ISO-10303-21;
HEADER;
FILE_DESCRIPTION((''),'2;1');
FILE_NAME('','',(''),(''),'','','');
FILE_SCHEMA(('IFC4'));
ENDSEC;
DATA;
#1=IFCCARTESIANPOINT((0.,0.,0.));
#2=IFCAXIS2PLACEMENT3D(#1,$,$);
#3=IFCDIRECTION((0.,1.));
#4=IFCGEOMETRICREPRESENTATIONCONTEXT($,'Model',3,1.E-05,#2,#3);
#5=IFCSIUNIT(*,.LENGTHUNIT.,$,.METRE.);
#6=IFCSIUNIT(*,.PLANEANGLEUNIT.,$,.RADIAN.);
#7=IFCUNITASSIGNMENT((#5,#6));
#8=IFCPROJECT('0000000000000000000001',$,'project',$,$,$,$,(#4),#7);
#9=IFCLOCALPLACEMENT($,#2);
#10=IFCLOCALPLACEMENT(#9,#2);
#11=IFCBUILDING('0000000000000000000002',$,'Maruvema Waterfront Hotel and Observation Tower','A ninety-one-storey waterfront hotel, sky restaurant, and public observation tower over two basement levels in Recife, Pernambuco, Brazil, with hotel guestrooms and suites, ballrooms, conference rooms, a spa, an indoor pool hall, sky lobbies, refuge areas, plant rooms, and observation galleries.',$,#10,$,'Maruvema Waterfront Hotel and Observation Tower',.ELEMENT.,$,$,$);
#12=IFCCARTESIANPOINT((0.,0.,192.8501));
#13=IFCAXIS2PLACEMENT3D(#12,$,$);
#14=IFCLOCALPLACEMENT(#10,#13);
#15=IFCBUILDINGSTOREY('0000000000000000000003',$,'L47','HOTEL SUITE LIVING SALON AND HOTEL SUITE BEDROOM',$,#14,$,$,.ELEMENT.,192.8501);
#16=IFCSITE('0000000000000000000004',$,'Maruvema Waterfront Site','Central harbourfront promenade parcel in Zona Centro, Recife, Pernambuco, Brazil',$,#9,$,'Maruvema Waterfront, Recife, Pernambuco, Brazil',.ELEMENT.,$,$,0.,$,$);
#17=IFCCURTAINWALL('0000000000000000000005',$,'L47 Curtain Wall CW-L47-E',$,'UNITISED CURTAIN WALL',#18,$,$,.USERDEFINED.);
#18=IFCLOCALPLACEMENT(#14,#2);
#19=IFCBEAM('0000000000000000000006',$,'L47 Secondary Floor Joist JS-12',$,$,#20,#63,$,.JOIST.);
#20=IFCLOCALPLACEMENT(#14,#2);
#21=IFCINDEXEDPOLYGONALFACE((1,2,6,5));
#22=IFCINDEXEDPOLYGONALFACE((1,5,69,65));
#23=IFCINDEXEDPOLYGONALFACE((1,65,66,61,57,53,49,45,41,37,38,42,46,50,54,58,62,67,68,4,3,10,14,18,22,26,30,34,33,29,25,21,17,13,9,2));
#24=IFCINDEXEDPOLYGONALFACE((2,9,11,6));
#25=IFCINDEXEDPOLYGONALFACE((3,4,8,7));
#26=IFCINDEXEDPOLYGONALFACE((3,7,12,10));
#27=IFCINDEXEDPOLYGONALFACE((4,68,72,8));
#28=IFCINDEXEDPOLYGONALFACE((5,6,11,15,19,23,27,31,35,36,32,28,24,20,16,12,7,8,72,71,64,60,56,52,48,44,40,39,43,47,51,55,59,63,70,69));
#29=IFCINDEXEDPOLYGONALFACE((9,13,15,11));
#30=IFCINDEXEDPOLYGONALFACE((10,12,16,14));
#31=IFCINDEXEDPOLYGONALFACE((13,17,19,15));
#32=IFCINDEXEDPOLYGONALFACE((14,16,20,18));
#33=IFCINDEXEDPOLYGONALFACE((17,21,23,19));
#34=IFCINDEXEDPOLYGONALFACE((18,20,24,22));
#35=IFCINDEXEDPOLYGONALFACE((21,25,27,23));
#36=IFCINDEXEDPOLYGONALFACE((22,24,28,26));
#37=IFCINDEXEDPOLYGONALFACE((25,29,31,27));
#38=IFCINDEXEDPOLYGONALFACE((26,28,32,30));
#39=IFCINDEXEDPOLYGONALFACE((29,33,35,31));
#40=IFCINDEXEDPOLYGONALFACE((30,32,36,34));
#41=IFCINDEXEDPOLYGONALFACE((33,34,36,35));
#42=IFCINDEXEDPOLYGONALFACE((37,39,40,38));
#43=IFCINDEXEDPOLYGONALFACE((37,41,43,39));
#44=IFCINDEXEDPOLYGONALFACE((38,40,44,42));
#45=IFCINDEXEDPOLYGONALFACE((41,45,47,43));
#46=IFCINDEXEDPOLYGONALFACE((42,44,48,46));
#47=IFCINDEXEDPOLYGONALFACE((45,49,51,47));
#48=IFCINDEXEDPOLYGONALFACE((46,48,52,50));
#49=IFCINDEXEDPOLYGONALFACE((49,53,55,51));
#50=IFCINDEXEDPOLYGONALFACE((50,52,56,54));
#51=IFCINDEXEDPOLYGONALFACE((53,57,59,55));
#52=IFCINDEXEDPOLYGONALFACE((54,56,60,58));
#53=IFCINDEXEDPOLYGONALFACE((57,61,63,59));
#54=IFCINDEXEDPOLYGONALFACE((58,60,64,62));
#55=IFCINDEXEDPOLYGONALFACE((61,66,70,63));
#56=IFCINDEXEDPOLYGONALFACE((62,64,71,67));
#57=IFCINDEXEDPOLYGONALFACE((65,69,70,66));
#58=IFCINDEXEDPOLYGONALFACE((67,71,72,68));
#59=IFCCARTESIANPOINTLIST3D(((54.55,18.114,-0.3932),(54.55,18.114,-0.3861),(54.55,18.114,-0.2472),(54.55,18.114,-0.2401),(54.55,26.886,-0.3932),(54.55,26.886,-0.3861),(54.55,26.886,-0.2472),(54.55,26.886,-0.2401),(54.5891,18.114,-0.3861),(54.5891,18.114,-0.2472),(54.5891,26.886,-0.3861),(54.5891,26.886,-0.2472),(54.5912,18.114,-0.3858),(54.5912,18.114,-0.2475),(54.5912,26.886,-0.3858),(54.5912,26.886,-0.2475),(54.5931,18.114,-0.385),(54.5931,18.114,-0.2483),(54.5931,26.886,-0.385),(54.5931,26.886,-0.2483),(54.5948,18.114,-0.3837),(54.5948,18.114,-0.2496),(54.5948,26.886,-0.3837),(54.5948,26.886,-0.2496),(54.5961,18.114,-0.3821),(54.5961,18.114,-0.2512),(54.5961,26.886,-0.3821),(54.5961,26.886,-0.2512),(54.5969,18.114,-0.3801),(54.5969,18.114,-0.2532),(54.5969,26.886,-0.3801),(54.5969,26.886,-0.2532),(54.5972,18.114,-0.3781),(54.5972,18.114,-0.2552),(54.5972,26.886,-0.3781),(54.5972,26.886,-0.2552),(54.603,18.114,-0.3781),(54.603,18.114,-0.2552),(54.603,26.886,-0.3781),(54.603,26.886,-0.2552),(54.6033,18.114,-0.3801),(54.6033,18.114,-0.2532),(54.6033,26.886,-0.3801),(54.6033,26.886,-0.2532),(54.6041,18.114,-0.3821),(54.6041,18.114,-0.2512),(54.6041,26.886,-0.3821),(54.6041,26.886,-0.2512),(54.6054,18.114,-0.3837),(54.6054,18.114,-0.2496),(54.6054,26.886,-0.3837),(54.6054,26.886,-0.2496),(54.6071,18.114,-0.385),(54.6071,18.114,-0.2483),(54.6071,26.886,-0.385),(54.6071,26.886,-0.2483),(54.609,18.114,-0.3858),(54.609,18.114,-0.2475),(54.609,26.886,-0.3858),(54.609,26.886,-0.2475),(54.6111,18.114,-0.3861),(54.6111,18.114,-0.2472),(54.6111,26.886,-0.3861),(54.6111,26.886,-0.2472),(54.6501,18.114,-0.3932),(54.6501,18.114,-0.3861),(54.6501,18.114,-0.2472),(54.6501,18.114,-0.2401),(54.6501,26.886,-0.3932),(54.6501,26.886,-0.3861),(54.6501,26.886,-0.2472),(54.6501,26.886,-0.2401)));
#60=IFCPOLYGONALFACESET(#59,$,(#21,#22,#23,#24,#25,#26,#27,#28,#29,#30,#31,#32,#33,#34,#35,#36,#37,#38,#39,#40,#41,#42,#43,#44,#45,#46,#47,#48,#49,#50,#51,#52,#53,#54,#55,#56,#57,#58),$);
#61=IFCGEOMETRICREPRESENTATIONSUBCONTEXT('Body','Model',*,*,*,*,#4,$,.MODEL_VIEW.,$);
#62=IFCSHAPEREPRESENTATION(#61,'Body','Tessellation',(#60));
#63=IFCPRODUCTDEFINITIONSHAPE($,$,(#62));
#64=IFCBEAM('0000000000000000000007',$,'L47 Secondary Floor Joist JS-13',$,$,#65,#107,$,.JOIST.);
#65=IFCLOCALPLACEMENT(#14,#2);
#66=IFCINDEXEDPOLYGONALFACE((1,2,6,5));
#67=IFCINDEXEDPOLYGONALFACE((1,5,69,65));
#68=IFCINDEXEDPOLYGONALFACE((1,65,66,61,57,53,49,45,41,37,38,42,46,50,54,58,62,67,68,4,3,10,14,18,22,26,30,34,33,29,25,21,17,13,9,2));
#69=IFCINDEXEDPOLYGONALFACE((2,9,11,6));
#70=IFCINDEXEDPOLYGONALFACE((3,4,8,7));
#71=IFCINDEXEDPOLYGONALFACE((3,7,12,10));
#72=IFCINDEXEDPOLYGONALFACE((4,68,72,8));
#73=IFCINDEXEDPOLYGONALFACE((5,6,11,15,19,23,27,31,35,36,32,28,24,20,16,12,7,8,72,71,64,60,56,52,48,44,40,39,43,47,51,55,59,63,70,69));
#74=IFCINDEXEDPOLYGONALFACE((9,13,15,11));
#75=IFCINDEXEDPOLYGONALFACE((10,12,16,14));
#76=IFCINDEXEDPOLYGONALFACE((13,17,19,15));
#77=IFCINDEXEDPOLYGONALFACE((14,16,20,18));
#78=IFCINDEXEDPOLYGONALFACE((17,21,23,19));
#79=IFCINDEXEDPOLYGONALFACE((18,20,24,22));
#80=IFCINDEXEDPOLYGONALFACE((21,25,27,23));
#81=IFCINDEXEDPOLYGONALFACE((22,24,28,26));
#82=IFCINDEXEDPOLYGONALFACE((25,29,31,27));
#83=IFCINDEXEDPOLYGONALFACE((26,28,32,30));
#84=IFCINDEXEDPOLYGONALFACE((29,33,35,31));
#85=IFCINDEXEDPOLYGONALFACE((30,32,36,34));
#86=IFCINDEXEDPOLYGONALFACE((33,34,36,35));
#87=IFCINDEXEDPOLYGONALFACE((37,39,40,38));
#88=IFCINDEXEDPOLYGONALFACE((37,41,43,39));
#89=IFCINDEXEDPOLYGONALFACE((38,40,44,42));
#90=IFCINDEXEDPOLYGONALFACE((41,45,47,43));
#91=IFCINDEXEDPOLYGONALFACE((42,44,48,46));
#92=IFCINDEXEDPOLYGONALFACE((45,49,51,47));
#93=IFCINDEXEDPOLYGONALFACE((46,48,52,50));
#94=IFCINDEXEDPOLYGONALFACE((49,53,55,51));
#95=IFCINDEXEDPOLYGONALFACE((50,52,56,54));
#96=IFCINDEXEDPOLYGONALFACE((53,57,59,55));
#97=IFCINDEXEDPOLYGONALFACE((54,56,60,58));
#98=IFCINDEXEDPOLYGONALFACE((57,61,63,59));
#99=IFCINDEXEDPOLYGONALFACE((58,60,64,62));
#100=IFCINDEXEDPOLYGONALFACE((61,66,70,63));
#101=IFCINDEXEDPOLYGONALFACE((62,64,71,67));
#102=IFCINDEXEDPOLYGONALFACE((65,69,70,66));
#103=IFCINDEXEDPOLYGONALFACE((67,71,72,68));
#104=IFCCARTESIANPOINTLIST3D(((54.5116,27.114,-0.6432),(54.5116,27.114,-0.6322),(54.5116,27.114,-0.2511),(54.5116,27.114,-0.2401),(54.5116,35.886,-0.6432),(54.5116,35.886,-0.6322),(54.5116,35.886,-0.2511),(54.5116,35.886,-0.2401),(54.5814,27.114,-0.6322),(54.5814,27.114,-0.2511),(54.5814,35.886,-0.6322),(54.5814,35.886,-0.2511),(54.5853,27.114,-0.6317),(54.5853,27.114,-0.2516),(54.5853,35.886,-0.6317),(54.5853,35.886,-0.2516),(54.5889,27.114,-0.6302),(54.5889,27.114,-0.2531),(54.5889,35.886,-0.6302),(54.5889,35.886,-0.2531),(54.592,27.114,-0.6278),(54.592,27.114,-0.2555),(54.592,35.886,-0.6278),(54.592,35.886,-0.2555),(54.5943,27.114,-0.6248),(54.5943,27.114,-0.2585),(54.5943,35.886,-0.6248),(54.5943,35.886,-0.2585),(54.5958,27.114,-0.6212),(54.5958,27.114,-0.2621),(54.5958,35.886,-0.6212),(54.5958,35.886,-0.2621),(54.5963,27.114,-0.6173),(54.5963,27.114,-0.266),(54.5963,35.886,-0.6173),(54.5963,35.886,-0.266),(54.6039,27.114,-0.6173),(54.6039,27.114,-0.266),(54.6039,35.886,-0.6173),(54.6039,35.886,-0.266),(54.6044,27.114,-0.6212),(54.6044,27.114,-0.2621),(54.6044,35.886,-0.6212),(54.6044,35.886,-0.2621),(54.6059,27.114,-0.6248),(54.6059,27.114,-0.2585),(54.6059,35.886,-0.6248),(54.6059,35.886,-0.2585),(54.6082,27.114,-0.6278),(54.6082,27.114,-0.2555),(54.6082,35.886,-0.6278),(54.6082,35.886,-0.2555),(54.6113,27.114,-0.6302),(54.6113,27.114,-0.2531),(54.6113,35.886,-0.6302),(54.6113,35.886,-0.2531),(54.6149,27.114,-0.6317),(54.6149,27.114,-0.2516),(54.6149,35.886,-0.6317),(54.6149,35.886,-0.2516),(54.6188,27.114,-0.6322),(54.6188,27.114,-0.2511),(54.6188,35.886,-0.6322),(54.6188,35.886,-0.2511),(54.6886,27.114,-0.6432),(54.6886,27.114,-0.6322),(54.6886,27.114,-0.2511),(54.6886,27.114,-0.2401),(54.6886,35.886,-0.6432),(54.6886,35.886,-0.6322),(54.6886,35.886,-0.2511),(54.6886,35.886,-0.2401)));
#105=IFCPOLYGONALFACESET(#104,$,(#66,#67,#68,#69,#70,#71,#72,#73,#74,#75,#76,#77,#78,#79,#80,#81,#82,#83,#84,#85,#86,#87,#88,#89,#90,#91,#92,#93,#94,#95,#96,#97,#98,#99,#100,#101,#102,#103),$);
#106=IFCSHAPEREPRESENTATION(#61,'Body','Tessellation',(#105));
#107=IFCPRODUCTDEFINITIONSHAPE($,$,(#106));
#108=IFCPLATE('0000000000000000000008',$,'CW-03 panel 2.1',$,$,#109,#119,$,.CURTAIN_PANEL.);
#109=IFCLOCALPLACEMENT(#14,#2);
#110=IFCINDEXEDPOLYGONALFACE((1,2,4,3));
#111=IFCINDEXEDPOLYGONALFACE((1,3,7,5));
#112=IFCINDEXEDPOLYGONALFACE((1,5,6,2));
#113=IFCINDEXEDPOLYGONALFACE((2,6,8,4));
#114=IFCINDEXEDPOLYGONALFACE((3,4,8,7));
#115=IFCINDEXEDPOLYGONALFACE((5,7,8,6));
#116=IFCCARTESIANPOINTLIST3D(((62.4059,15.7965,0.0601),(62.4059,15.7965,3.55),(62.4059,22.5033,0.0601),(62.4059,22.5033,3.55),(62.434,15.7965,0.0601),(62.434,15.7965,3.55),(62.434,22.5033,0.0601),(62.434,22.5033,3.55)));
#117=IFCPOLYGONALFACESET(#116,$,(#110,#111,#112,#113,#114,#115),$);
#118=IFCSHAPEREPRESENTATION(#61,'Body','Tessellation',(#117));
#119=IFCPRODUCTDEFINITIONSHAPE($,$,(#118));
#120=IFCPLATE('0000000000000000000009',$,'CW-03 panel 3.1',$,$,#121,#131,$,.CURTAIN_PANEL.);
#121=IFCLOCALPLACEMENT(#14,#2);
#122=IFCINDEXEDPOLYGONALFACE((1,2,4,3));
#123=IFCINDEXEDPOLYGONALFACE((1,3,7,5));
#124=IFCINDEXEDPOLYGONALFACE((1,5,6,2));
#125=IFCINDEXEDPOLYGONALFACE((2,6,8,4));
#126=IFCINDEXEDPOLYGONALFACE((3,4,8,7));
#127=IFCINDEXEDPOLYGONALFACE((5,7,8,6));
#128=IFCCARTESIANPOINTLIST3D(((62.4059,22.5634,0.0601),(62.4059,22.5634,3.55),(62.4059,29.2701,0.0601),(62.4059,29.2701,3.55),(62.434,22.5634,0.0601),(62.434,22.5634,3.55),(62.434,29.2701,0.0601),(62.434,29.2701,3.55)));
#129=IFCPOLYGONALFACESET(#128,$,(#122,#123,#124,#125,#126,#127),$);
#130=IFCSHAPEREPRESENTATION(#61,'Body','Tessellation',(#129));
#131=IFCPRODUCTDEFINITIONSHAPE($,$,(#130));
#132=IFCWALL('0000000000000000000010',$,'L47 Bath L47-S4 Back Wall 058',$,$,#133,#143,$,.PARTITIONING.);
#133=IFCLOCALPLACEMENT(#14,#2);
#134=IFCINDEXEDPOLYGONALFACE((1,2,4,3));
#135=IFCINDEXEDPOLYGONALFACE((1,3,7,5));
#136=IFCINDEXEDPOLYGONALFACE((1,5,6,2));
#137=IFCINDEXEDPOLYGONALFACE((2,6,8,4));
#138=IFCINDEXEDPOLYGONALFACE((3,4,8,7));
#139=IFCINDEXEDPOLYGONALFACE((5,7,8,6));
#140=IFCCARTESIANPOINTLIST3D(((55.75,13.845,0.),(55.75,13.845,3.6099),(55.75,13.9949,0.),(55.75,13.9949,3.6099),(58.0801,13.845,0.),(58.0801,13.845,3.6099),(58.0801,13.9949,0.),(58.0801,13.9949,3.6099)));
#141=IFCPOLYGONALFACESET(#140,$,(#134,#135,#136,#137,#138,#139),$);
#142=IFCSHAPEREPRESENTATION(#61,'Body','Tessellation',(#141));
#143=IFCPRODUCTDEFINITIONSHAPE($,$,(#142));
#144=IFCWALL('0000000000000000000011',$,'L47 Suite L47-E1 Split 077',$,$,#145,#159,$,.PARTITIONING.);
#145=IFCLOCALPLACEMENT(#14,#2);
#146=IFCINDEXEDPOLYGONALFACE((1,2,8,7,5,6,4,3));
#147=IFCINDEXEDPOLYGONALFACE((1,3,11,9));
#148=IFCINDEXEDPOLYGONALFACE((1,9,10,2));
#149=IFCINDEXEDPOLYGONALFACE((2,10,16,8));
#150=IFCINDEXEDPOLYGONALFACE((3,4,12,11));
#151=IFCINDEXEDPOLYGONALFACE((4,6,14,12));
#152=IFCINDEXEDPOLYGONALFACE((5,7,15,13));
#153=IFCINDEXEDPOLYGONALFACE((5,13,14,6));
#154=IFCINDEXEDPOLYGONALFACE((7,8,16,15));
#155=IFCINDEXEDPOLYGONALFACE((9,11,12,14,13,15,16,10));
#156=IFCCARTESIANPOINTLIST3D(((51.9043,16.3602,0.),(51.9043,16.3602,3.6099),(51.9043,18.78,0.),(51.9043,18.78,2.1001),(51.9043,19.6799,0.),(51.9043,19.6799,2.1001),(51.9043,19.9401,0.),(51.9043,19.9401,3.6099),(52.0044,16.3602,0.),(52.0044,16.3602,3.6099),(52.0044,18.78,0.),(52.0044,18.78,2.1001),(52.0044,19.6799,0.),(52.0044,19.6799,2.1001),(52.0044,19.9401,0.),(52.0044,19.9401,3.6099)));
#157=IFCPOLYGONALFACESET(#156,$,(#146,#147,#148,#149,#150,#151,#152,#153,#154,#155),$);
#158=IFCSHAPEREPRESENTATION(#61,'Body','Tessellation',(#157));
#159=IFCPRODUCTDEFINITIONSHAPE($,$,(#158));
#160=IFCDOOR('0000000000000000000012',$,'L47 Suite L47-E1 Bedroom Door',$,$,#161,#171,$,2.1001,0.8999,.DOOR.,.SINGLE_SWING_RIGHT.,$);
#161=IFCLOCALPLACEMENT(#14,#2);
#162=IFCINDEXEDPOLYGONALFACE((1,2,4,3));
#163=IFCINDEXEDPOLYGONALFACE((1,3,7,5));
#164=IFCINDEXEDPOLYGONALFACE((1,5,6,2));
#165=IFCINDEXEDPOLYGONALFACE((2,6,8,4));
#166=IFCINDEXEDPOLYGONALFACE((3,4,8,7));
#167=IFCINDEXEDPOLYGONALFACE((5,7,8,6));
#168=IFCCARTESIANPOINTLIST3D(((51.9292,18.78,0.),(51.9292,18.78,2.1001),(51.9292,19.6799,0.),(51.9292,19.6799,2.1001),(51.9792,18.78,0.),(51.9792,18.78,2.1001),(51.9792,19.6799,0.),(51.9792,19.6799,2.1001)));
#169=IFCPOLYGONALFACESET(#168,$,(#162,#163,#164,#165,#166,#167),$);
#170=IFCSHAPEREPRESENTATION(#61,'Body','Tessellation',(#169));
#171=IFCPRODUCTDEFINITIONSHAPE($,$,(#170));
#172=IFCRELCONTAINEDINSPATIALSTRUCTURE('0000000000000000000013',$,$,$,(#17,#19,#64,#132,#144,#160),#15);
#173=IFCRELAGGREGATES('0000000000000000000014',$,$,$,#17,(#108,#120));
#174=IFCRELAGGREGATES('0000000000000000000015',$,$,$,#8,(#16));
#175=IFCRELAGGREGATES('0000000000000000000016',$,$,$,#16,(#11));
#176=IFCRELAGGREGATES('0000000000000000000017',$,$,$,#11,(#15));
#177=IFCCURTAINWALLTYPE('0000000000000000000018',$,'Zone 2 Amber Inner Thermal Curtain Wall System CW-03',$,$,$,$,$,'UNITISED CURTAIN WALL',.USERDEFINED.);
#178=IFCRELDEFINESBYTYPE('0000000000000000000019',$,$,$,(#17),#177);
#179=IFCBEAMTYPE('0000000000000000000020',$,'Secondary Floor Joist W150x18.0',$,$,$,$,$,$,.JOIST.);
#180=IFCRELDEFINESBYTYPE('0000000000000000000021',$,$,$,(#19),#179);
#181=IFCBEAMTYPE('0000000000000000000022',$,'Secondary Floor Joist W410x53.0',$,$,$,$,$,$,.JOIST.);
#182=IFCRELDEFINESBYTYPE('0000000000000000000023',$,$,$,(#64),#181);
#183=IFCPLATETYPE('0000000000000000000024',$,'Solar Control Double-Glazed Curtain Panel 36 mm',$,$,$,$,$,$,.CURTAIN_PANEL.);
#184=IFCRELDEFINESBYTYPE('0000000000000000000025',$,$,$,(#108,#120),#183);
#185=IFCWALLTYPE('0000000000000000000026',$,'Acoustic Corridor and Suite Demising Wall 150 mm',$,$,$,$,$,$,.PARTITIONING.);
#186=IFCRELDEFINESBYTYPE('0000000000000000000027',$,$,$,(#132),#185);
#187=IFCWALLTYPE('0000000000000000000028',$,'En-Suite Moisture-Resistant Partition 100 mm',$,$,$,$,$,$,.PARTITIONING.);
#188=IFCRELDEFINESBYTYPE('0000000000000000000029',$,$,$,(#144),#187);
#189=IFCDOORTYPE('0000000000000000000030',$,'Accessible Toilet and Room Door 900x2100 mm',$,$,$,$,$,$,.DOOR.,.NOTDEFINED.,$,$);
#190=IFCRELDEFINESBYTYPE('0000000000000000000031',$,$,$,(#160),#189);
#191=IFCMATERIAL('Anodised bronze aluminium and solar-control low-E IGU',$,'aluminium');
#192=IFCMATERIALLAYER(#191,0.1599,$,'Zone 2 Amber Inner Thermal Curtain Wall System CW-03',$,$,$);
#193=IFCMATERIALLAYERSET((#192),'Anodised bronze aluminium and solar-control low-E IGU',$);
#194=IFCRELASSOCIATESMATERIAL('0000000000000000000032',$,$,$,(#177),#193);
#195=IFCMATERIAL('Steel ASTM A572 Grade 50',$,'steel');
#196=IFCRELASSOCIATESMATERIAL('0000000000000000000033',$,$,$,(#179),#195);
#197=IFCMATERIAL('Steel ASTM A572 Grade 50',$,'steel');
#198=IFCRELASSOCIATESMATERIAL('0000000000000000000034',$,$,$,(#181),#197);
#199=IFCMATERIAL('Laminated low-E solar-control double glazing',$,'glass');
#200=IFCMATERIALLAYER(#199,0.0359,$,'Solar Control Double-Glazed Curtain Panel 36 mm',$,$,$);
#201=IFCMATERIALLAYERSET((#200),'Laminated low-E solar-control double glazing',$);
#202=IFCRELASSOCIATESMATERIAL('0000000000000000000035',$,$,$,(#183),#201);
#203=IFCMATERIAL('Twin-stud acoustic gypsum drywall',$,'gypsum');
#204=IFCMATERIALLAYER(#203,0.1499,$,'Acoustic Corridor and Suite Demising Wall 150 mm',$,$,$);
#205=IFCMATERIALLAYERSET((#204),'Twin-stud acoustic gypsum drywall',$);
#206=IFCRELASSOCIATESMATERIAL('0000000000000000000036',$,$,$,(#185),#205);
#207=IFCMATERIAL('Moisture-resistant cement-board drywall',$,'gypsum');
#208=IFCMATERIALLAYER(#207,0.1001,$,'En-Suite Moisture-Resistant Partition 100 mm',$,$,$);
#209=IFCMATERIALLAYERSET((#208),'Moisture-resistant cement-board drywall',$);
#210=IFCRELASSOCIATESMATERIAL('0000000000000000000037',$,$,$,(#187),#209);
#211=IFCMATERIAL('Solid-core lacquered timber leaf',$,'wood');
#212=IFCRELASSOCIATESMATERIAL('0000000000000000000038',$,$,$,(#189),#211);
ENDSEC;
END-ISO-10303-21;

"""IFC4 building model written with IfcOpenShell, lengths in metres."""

from ifc_helpers import new_model, si_unit, direction, frame, frame_2d, origin, origin_2d, place, context, subcontext, project, spatial, rectangle, i_section, extrude, material, layer, layer_set, material_profile, profile_set, type_object, element, fill, aggregate, save


model = new_model("IFC4")

# Units and contexts
model_context = context("Model", 3, precision=1e-05, world=origin(), true_north=direction((0.0, 1.0)))
body_context = subcontext(model_context, "Body", "Model", "MODEL_VIEW")
ifc_project = project(units=[si_unit("LENGTHUNIT", "METRE"), si_unit("PLANEANGLEUNIT", "RADIAN")], contexts=[model_context])

# Site, building, storey
site_placement = place(None, origin())
site = spatial("IfcSite", under=ifc_project, at=site_placement, Name="Maruvema Waterfront Site", Description="Central harbourfront promenade parcel in Zona Centro, Recife, Pernambuco, Brazil", LongName="Maruvema Waterfront, Recife, Pernambuco, Brazil", CompositionType="ELEMENT", RefElevation=0.0)
building_placement = place(site_placement, origin())
building = spatial("IfcBuilding", under=site, at=building_placement, Name="Maruvema Waterfront Hotel and Observation Tower", Description="A ninety-one-storey waterfront hotel, sky restaurant, and public observation tower over two basement levels in Recife, Pernambuco, Brazil, with hotel guestrooms and suites, ballrooms, conference rooms, a spa, an indoor pool hall, sky lobbies, refuge areas, plant rooms, and observation galleries.", LongName="Maruvema Waterfront Hotel and Observation Tower", CompositionType="ELEMENT")
storey_placement = place(building_placement, frame((0.0, 0.0, 192.8501)))
storey = spatial("IfcBuildingStorey", under=building, at=storey_placement, Name="L47", Description="HOTEL SUITE LIVING SALON AND HOTEL SUITE BEDROOM", CompositionType="ELEMENT", Elevation=192.8501)

# Curtain wall
ifc_material_1 = material(Name="Anodised bronze aluminium and solar-control low-E IGU", Category="aluminium")
ifc_layer_1 = layer(ifc_material_1, 0.1599, Name="Zone 2 Amber Inner Thermal Curtain Wall System CW-03")
ifc_layer_set_1 = layer_set([ifc_layer_1], Name="Anodised bronze aluminium and solar-control low-E IGU")
curtain_wall_type = type_object("IfcCurtainWallType", Name="Zone 2 Amber Inner Thermal Curtain Wall System CW-03", ElementType="UNITISED CURTAIN WALL", PredefinedType="USERDEFINED", material=ifc_layer_set_1)
curtain_wall_placement = place(storey_placement, origin())
curtain_wall = element("IfcCurtainWall", 1, at=curtain_wall_placement, inside=storey, type_object=curtain_wall_type, Name="L47 Curtain Wall CW-L47-E", ObjectType="UNITISED CURTAIN WALL", PredefinedType="USERDEFINED")

# Beams
ifc_material_2 = material(Name="Steel ASTM A572 Grade 50", Category="steel")
ifc_material_profile_1 = material_profile(ifc_material_2, i_section(OverallWidth=0.1001, OverallDepth=0.1531, WebThickness=0.0059, FlangeThickness=0.0071, FilletRadius=0.0081, at=origin_2d()), Name="W150x18.0")
ifc_profile_set_1 = profile_set([ifc_material_profile_1], Name="Steel ASTM A572 Grade 50")
beam_type_1 = type_object("IfcBeamType", Name="Secondary Floor Joist W150x18.0", PredefinedType="JOIST", material=ifc_profile_set_1)
beam_1_placement = place(storey_placement, frame((54.6001, 18.114, -0.3167), z_axis=(0.0, 1.0, 0.0), x_axis=(-1.0, 0.0, 0.0)))
element("IfcBeam", 2, at=beam_1_placement, inside=storey, type_object=beam_type_1, Name="L47 Secondary Floor Joist JS-12", PredefinedType="JOIST", context=body_context, shape_type="SweptSolid", body=[
    extrude(i_section(OverallWidth=0.1001, OverallDepth=0.1531, WebThickness=0.0059, FlangeThickness=0.0071, FilletRadius=0.0081, at=origin_2d()), origin(), (0.0, 0.0, 1.0), 8.772),
])
ifc_material_3 = material(Name="Steel ASTM A572 Grade 50", Category="steel")
ifc_material_profile_2 = material_profile(ifc_material_3, i_section(OverallWidth=0.177, OverallDepth=0.4031, WebThickness=0.0076, FlangeThickness=0.011, FilletRadius=0.0149, at=origin_2d()), Name="W410x53.0")
ifc_profile_set_2 = profile_set([ifc_material_profile_2], Name="Steel ASTM A572 Grade 50")
beam_type_2 = type_object("IfcBeamType", Name="Secondary Floor Joist W410x53.0", PredefinedType="JOIST", material=ifc_profile_set_2)
beam_2_placement = place(storey_placement, frame((54.6001, 27.114, -0.4417), z_axis=(0.0, 1.0, 0.0), x_axis=(-1.0, 0.0, 0.0)))
element("IfcBeam", 3, at=beam_2_placement, inside=storey, type_object=beam_type_2, Name="L47 Secondary Floor Joist JS-13", PredefinedType="JOIST", context=body_context, shape_type="SweptSolid", body=[
    extrude(i_section(OverallWidth=0.177, OverallDepth=0.4031, WebThickness=0.0076, FlangeThickness=0.011, FilletRadius=0.0149, at=origin_2d()), origin(), (0.0, 0.0, 1.0), 8.772),
])

# Plates
ifc_material_4 = material(Name="Laminated low-E solar-control double glazing", Category="glass")
ifc_layer_2 = layer(ifc_material_4, 0.0359, Name="Solar Control Double-Glazed Curtain Panel 36 mm")
ifc_layer_set_2 = layer_set([ifc_layer_2], Name="Laminated low-E solar-control double glazing")
plate_type = type_object("IfcPlateType", Name="Solar Control Double-Glazed Curtain Panel 36 mm", PredefinedType="CURTAIN_PANEL", material=ifc_layer_set_2)
plate_1_placement = place(storey_placement, frame((62.4199, 19.1499, 0.0601), z_axis=(0.0, 0.0, 1.0), x_axis=(0.0, 1.0, 0.0)))
plate_1 = element("IfcPlate", 4, at=plate_1_placement, type_object=plate_type, Name="CW-03 panel 2.1", PredefinedType="CURTAIN_PANEL", context=body_context, shape_type="SweptSolid", body=[
    extrude(rectangle(XDim=6.7068, YDim=0.0281, at=origin_2d()), origin(), (0.0, 0.0, 1.0), 3.49),
])
plate_2_placement = place(storey_placement, frame((62.4199, 25.9167, 0.0601), z_axis=(0.0, 0.0, 1.0), x_axis=(0.0, 1.0, 0.0)))
plate_2 = element("IfcPlate", 5, at=plate_2_placement, type_object=plate_type, Name="CW-03 panel 3.1", PredefinedType="CURTAIN_PANEL", context=body_context, shape_type="SweptSolid", body=[
    extrude(rectangle(XDim=6.7068, YDim=0.0281, at=origin_2d()), origin(), (0.0, 0.0, 1.0), 3.49),
])
aggregate(curtain_wall, [plate_1, plate_2])

# Wall
ifc_material_5 = material(Name="Twin-stud acoustic gypsum drywall", Category="gypsum")
ifc_layer_3 = layer(ifc_material_5, 0.1499, Name="Acoustic Corridor and Suite Demising Wall 150 mm")
ifc_layer_set_3 = layer_set([ifc_layer_3], Name="Twin-stud acoustic gypsum drywall")
wall_type_1 = type_object("IfcWallType", Name="Acoustic Corridor and Suite Demising Wall 150 mm", PredefinedType="PARTITIONING", material=ifc_layer_set_3)
wall_1_placement = place(storey_placement, frame((55.75, 13.9199, 0.0), z_axis=(0.0, 0.0, 1.0), x_axis=(1.0, 0.0, 0.0)))
element("IfcWall", 6, at=wall_1_placement, inside=storey, type_object=wall_type_1, Name="L47 Bath L47-S4 Back Wall 058", PredefinedType="PARTITIONING", context=body_context, shape_type="SweptSolid", body=[
    extrude(rectangle(XDim=2.3301, YDim=0.1499, at=frame_2d((1.165, 0.0))), origin(), (0.0, 0.0, 1.0), 3.6099),
])

# Wall, opening, door
ifc_material_6 = material(Name="Moisture-resistant cement-board drywall", Category="gypsum")
ifc_layer_4 = layer(ifc_material_6, 0.1001, Name="En-Suite Moisture-Resistant Partition 100 mm")
ifc_layer_set_4 = layer_set([ifc_layer_4], Name="Moisture-resistant cement-board drywall")
wall_type_2 = type_object("IfcWallType", Name="En-Suite Moisture-Resistant Partition 100 mm", PredefinedType="PARTITIONING", material=ifc_layer_set_4)
wall_2_placement = place(storey_placement, frame((51.9543, 16.3601, 0.0), z_axis=(0.0, 0.0, 1.0), x_axis=(0.0, 1.0, 0.0)))
wall_2 = element("IfcWall", 7, at=wall_2_placement, inside=storey, type_object=wall_type_2, Name="L47 Suite L47-E1 Split 077", PredefinedType="PARTITIONING", context=body_context, shape_type="SweptSolid", body=[
    extrude(rectangle(XDim=3.5798, YDim=0.1001, at=frame_2d((1.79, 0.0))), origin(), (0.0, 0.0, 1.0), 3.6099),
])
opening_1_placement = place(wall_2_placement, frame((2.4199, 0.0, 0.0)))
opening_1 = element("IfcOpeningElement", 8, at=opening_1_placement, cuts=wall_2, PredefinedType="OPENING", context=body_context, shape_type="SweptSolid", body=[
    extrude(rectangle(XDim=0.8999, YDim=2.1001, at=frame_2d((0.45, 1.05))), frame((0.0, 0.0601, 0.0), z_axis=(0.0, -1.0, 0.0), x_axis=(1.0, 0.0, 0.0)), (0.0, 0.0, 1.0), 0.1201),
])
ifc_material_7 = material(Name="Solid-core lacquered timber leaf", Category="wood")
door_type_1 = type_object("IfcDoorType", Name="Accessible Toilet and Room Door 900x2100 mm", OperationType="NOTDEFINED", PredefinedType="DOOR", material=ifc_material_7)
door_1_placement = place(opening_1_placement, frame((0.8999, 0.0, 0.0), z_axis=(0.0, 0.0, 1.0), x_axis=(-1.0, 0.0, 0.0)))
door_1 = element("IfcDoor", 9, at=door_1_placement, inside=storey, type_object=door_type_1, Name="L47 Suite L47-E1 Bedroom Door", OperationType="SINGLE_SWING_RIGHT", OverallHeight=2.1001, OverallWidth=0.8999, PredefinedType="DOOR", context=body_context, shape_type="SweptSolid", body=[
    extrude(rectangle(XDim=0.8999, YDim=2.1001, at=frame_2d((0.45, 1.05))), frame((0.0, 0.0249, 0.0), z_axis=(0.0, -1.0, 0.0), x_axis=(1.0, 0.0, 0.0)), (0.0, 0.0, 1.0), 0.05),
])
fill(opening_1, door_1)

save(model, "model.ifc")
